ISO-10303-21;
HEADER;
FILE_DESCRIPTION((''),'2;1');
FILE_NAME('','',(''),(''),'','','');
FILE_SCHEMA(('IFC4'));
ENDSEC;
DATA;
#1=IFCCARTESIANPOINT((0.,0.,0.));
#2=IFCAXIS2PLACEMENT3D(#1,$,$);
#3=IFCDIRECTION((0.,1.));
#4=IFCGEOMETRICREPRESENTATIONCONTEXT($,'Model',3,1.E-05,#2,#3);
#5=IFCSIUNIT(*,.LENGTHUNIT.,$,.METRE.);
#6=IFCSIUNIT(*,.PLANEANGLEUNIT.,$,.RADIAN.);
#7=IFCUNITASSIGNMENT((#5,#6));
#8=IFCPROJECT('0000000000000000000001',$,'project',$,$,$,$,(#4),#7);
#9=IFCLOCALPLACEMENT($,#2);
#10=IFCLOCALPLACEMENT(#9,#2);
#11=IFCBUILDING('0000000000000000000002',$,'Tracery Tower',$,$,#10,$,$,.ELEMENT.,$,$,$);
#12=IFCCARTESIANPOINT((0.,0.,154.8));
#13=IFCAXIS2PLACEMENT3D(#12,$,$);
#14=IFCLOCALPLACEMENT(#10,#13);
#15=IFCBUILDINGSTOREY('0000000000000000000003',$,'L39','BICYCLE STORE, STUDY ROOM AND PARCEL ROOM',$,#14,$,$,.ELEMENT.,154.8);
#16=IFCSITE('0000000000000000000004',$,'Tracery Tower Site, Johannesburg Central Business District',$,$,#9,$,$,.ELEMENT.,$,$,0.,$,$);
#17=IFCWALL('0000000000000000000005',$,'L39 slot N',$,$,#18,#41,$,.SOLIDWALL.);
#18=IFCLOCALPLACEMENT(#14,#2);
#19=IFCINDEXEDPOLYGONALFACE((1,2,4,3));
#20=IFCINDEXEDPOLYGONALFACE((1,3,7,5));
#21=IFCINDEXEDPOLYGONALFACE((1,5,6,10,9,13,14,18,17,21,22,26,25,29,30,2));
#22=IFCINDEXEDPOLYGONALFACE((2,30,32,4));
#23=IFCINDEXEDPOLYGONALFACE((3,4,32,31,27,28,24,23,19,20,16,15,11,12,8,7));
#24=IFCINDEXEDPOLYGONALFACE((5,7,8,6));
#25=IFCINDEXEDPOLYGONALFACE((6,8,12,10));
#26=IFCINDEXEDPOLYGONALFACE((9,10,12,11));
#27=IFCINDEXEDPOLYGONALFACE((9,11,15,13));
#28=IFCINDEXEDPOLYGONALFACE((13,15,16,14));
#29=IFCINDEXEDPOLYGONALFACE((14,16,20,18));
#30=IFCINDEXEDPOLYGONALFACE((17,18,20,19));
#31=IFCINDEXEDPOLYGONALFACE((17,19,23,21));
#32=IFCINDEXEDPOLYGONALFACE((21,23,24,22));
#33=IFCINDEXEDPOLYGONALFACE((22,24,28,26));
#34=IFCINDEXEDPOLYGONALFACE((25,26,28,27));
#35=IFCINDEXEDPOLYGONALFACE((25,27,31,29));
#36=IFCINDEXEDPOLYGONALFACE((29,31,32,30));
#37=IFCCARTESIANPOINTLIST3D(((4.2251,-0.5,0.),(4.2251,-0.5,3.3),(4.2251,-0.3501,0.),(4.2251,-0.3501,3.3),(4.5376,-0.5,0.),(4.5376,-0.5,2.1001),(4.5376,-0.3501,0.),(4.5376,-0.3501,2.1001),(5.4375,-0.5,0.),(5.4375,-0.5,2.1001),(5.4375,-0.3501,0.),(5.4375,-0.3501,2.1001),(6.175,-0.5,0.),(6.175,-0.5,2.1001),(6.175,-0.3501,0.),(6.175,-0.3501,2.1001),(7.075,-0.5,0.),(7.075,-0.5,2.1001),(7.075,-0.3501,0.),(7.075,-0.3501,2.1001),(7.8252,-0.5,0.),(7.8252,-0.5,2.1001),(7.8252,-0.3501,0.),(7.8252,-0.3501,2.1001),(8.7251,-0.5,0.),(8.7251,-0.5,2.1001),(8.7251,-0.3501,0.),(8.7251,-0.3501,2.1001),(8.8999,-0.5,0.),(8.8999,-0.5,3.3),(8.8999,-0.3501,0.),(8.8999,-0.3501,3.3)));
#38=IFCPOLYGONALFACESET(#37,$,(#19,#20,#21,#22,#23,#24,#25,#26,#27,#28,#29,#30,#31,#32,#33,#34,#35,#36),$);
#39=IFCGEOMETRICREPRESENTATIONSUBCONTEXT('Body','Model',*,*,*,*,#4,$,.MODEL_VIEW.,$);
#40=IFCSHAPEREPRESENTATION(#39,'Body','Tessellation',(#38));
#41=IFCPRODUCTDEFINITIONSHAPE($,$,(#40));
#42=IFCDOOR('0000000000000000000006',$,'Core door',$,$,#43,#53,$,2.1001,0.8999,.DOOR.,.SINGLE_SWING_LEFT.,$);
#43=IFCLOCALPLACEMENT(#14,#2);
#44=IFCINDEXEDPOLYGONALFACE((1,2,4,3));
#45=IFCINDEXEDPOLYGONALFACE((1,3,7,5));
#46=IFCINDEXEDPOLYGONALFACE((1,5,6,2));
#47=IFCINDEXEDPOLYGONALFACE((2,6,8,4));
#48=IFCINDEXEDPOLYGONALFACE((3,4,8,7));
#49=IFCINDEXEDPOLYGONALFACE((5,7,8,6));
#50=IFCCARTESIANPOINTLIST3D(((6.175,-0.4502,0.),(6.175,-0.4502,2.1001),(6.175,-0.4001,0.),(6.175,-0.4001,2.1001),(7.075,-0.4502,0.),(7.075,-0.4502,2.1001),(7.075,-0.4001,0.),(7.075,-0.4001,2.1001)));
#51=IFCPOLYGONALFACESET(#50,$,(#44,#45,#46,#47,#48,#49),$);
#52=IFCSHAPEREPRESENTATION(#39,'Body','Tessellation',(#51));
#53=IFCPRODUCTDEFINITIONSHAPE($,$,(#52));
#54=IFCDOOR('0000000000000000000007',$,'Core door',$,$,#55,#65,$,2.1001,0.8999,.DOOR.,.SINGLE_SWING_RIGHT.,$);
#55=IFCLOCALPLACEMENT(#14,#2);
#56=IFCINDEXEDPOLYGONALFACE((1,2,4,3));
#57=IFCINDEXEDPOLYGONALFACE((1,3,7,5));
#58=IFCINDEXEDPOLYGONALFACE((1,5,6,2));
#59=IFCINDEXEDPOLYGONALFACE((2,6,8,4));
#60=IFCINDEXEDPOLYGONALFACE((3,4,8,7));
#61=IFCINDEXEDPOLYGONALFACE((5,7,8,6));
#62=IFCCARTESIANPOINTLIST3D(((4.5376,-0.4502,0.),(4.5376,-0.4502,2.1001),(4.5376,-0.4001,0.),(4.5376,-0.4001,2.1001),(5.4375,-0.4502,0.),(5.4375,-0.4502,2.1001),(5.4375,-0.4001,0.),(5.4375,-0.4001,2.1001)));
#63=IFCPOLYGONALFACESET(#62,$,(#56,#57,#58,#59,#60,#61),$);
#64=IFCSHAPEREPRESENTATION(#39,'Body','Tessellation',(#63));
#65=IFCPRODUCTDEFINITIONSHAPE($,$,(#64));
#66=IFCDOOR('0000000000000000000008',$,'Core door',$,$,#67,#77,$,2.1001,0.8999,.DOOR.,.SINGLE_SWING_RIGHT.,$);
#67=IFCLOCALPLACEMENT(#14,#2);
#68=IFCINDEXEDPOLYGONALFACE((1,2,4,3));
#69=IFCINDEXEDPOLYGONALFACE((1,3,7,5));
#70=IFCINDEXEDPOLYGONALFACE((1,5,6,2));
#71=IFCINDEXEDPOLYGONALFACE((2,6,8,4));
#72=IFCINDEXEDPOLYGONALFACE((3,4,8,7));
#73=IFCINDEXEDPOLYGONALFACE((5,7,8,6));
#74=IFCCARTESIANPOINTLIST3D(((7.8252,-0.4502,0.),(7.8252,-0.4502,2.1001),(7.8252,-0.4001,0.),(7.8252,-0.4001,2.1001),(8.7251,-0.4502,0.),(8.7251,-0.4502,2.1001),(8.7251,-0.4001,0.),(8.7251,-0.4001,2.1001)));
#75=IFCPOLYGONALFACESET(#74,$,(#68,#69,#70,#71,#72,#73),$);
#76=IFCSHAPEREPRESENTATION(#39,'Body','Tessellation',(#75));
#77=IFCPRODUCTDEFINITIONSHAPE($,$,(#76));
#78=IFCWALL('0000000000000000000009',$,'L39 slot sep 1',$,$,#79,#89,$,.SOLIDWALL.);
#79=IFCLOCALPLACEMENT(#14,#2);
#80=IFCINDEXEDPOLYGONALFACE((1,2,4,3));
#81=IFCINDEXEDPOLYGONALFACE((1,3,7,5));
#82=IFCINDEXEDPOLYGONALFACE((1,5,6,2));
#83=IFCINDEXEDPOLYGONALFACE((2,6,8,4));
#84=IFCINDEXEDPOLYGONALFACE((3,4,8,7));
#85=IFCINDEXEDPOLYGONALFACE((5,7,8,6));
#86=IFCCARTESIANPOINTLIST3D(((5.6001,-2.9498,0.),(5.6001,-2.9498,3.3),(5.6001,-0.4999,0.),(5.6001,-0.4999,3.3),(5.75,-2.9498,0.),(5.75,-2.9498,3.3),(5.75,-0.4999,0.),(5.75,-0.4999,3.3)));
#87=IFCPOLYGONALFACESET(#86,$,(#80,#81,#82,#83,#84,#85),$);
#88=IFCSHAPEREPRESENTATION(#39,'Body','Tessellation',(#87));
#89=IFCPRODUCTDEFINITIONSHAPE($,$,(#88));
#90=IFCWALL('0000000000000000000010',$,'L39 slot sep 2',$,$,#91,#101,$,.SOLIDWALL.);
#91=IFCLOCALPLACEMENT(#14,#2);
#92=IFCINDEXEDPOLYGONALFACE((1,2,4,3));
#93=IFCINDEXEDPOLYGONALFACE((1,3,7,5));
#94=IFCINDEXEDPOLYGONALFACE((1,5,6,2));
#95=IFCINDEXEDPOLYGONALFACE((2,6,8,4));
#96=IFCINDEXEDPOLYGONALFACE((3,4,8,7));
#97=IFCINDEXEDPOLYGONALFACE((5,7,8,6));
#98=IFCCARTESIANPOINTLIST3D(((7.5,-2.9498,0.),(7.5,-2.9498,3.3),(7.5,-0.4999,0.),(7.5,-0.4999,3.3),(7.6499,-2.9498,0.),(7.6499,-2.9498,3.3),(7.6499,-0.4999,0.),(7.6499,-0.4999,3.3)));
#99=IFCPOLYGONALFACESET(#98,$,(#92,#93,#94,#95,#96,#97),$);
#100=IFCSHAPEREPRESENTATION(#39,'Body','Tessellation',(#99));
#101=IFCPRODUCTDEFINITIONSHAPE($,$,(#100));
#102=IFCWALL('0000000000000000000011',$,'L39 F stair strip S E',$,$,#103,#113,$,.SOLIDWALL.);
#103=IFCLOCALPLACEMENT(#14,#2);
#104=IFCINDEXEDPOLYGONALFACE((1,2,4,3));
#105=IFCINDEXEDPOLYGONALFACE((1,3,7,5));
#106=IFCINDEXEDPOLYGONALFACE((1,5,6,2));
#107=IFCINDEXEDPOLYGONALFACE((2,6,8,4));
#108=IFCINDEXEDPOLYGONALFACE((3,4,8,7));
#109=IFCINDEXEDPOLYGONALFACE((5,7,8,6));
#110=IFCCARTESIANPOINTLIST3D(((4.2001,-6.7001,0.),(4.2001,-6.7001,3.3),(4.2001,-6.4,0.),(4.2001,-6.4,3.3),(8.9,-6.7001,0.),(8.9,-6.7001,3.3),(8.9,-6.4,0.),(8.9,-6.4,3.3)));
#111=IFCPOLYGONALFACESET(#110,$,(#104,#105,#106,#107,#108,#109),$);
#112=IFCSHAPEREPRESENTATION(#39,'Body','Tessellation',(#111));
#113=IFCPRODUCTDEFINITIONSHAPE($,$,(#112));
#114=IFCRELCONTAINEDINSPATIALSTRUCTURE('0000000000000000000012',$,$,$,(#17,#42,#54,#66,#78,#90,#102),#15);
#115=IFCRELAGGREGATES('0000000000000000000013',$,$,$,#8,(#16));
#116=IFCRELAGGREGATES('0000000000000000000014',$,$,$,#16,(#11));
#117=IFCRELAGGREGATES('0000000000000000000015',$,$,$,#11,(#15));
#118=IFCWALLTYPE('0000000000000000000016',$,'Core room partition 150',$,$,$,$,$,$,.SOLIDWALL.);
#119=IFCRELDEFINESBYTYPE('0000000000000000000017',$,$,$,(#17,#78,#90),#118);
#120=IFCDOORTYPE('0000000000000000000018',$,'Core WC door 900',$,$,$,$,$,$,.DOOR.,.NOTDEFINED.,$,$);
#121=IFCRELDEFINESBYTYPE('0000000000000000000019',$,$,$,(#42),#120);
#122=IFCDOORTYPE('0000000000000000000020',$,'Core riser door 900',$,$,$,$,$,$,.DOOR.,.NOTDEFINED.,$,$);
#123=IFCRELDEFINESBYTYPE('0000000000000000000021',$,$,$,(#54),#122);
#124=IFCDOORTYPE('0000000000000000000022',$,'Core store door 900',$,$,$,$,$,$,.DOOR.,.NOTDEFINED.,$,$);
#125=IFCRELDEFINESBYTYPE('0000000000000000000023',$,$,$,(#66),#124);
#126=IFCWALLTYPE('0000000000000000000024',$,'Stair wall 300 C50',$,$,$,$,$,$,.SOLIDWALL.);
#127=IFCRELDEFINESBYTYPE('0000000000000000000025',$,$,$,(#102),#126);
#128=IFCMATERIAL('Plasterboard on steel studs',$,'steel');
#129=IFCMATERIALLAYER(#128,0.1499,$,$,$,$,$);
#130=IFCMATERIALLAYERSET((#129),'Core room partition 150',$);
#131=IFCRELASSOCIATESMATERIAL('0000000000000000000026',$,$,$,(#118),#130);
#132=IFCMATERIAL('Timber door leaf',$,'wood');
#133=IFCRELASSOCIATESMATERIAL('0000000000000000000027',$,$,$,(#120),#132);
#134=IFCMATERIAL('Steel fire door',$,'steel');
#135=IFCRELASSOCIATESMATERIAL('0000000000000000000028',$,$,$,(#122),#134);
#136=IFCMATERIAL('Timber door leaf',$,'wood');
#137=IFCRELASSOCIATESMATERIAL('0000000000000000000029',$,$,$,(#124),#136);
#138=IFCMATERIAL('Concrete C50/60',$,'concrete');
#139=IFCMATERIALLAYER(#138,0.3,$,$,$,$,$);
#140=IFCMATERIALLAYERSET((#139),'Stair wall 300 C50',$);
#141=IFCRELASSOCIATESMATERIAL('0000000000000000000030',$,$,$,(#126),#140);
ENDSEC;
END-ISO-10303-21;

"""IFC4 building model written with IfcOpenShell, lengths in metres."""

from ifc_helpers import new_model, si_unit, direction, frame, frame_2d, origin, place, context, subcontext, project, spatial, rectangle, extrude, material, layer, layer_set, type_object, element, fill, save


model = new_model("IFC4")

# Units and contexts
model_context = context("Model", 3, precision=1e-05, world=origin(), true_north=direction((0.0, 1.0)))
body_context = subcontext(model_context, "Body", "Model", "MODEL_VIEW")
ifc_project = project(units=[si_unit("LENGTHUNIT", "METRE"), si_unit("PLANEANGLEUNIT", "RADIAN")], contexts=[model_context])

# Site, building, storey
site_placement = place(None, origin())
site = spatial("IfcSite", under=ifc_project, at=site_placement, Name="Tracery Tower Site, Johannesburg Central Business District", CompositionType="ELEMENT", RefElevation=0.0)
building_placement = place(site_placement, origin())
building = spatial("IfcBuilding", under=site, at=building_placement, Name="Tracery Tower", CompositionType="ELEMENT")
storey_placement = place(building_placement, frame((0.0, 0.0, 154.8)))
storey = spatial("IfcBuildingStorey", under=building, at=storey_placement, Name="L39", Description="BICYCLE STORE, STUDY ROOM AND PARCEL ROOM", CompositionType="ELEMENT", Elevation=154.8)

# Shared definitions
ifc_material_1 = material(Name="Plasterboard on steel studs", Category="steel")
ifc_layer_1 = layer(ifc_material_1, 0.1499)
ifc_layer_set_1 = layer_set([ifc_layer_1], Name="Core room partition 150")
wall_type_1 = type_object("IfcWallType", Name="Core room partition 150", PredefinedType="SOLIDWALL", material=ifc_layer_set_1)

# Wall, openings, doors
wall_1_placement = place(storey_placement, frame((4.2251, -0.425, 0.0), z_axis=(0.0, 0.0, 1.0), x_axis=(1.0, 0.0, 0.0)))
wall_1 = element("IfcWall", 1, at=wall_1_placement, inside=storey, type_object=wall_type_1, Name="L39 slot N", PredefinedType="SOLIDWALL", context=body_context, shape_type="SweptSolid", body=[
    extrude(rectangle(XDim=4.6748, YDim=0.1499, at=frame_2d((2.3374, 0.0))), origin(), (0.0, 0.0, 1.0), 3.3),
])
opening_1_placement = place(wall_1_placement, frame((0.3125, 0.0, 0.0)))
opening_1 = element("IfcOpeningElement", 2, at=opening_1_placement, cuts=wall_1, PredefinedType="OPENING", context=body_context, shape_type="SweptSolid", body=[
    extrude(rectangle(XDim=0.8999, YDim=2.1001, at=frame_2d((0.45, 1.05))), frame((0.0, 0.075, 0.0), z_axis=(0.0, -1.0, 0.0), x_axis=(1.0, 0.0, 0.0)), (0.0, 0.0, 1.0), 0.1499),
])
opening_2_placement = place(wall_1_placement, frame((1.95, 0.0, 0.0)))
opening_2 = element("IfcOpeningElement", 3, at=opening_2_placement, cuts=wall_1, PredefinedType="OPENING", context=body_context, shape_type="SweptSolid", body=[
    extrude(rectangle(XDim=0.8999, YDim=2.1001, at=frame_2d((0.45, 1.05))), frame((0.0, 0.075, 0.0), z_axis=(0.0, -1.0, 0.0), x_axis=(1.0, 0.0, 0.0)), (0.0, 0.0, 1.0), 0.1499),
])
opening_3_placement = place(wall_1_placement, frame((3.6001, 0.0, 0.0)))
opening_3 = element("IfcOpeningElement", 4, at=opening_3_placement, cuts=wall_1, PredefinedType="OPENING", context=body_context, shape_type="SweptSolid", body=[
    extrude(rectangle(XDim=0.8999, YDim=2.1001, at=frame_2d((0.45, 1.05))), frame((0.0, 0.075, 0.0), z_axis=(0.0, -1.0, 0.0), x_axis=(1.0, 0.0, 0.0)), (0.0, 0.0, 1.0), 0.1499),
])
ifc_material_2 = material(Name="Timber door leaf", Category="wood")
door_type_1 = type_object("IfcDoorType", Name="Core WC door 900", OperationType="NOTDEFINED", PredefinedType="DOOR", material=ifc_material_2)
door_1_placement = place(opening_2_placement, origin())
door_1 = element("IfcDoor", 5, at=door_1_placement, inside=storey, type_object=door_type_1, Name="Core door", OperationType="SINGLE_SWING_LEFT", OverallHeight=2.1001, OverallWidth=0.8999, PredefinedType="DOOR", context=body_context, shape_type="SweptSolid", body=[
    extrude(rectangle(XDim=0.8999, YDim=2.1001, at=frame_2d((0.45, 1.05))), frame((0.0, 0.0249, 0.0), z_axis=(0.0, -1.0, 0.0), x_axis=(1.0, 0.0, 0.0)), (0.0, 0.0, 1.0), 0.05),
])
fill(opening_2, door_1)
ifc_material_3 = material(Name="Steel fire door", Category="steel")
door_type_2 = type_object("IfcDoorType", Name="Core riser door 900", OperationType="NOTDEFINED", PredefinedType="DOOR", material=ifc_material_3)
door_2_placement = place(opening_1_placement, origin())
door_2 = element("IfcDoor", 6, at=door_2_placement, inside=storey, type_object=door_type_2, Name="Core door", OperationType="SINGLE_SWING_RIGHT", OverallHeight=2.1001, OverallWidth=0.8999, PredefinedType="DOOR", context=body_context, shape_type="SweptSolid", body=[
    extrude(rectangle(XDim=0.8999, YDim=2.1001, at=frame_2d((0.45, 1.05))), frame((0.0, 0.0249, 0.0), z_axis=(0.0, -1.0, 0.0), x_axis=(1.0, 0.0, 0.0)), (0.0, 0.0, 1.0), 0.05),
])
fill(opening_1, door_2)
ifc_material_4 = material(Name="Timber door leaf", Category="wood")
door_type_3 = type_object("IfcDoorType", Name="Core store door 900", OperationType="NOTDEFINED", PredefinedType="DOOR", material=ifc_material_4)
door_3_placement = place(opening_3_placement, origin())
door_3 = element("IfcDoor", 7, at=door_3_placement, inside=storey, type_object=door_type_3, Name="Core door", OperationType="SINGLE_SWING_RIGHT", OverallHeight=2.1001, OverallWidth=0.8999, PredefinedType="DOOR", context=body_context, shape_type="SweptSolid", body=[
    extrude(rectangle(XDim=0.8999, YDim=2.1001, at=frame_2d((0.45, 1.05))), frame((0.0, 0.0249, 0.0), z_axis=(0.0, -1.0, 0.0), x_axis=(1.0, 0.0, 0.0)), (0.0, 0.0, 1.0), 0.05),
])
fill(opening_3, door_3)

# Walls
for number, where, z_axis, x_axis, name in (
    (8, (5.675, -2.95, 0.0), (0.0, 0.0, 1.0), (0.0, 1.0, 0.0), "L39 slot sep 1"),
    (9, (7.575, -2.95, 0.0), (0.0, 0.0, 1.0), (0.0, 1.0, 0.0), "L39 slot sep 2"),
):
    element("IfcWall", number, at=place(storey_placement, frame(where, z_axis=z_axis, x_axis=x_axis)), inside=storey, type_object=wall_type_1, Name=name, PredefinedType="SOLIDWALL", context=body_context, shape_type="SweptSolid", body=[
        extrude(rectangle(XDim=2.45, YDim=0.1499, at=frame_2d((1.2251, 0.0))), origin(), (0.0, 0.0, 1.0), 3.3),
    ])

# Shared definitions
ifc_material_5 = material(Name="Concrete C50/60", Category="concrete")
ifc_layer_2 = layer(ifc_material_5, 0.3)
ifc_layer_set_2 = layer_set([ifc_layer_2], Name="Stair wall 300 C50")
wall_type_2 = type_object("IfcWallType", Name="Stair wall 300 C50", PredefinedType="SOLIDWALL", material=ifc_layer_set_2)

# Wall
wall_2_placement = place(storey_placement, frame((4.2, -6.55, 0.0), z_axis=(0.0, 0.0, 1.0), x_axis=(1.0, 0.0, 0.0)))
element("IfcWall", 10, at=wall_2_placement, inside=storey, type_object=wall_type_2, Name="L39 F stair strip S E", PredefinedType="SOLIDWALL", context=body_context, shape_type="SweptSolid", body=[
    extrude(rectangle(XDim=4.7, YDim=0.3, at=frame_2d((2.3501, 0.0))), origin(), (0.0, 0.0, 1.0), 3.3),
])

save(model, "model.ifc")
